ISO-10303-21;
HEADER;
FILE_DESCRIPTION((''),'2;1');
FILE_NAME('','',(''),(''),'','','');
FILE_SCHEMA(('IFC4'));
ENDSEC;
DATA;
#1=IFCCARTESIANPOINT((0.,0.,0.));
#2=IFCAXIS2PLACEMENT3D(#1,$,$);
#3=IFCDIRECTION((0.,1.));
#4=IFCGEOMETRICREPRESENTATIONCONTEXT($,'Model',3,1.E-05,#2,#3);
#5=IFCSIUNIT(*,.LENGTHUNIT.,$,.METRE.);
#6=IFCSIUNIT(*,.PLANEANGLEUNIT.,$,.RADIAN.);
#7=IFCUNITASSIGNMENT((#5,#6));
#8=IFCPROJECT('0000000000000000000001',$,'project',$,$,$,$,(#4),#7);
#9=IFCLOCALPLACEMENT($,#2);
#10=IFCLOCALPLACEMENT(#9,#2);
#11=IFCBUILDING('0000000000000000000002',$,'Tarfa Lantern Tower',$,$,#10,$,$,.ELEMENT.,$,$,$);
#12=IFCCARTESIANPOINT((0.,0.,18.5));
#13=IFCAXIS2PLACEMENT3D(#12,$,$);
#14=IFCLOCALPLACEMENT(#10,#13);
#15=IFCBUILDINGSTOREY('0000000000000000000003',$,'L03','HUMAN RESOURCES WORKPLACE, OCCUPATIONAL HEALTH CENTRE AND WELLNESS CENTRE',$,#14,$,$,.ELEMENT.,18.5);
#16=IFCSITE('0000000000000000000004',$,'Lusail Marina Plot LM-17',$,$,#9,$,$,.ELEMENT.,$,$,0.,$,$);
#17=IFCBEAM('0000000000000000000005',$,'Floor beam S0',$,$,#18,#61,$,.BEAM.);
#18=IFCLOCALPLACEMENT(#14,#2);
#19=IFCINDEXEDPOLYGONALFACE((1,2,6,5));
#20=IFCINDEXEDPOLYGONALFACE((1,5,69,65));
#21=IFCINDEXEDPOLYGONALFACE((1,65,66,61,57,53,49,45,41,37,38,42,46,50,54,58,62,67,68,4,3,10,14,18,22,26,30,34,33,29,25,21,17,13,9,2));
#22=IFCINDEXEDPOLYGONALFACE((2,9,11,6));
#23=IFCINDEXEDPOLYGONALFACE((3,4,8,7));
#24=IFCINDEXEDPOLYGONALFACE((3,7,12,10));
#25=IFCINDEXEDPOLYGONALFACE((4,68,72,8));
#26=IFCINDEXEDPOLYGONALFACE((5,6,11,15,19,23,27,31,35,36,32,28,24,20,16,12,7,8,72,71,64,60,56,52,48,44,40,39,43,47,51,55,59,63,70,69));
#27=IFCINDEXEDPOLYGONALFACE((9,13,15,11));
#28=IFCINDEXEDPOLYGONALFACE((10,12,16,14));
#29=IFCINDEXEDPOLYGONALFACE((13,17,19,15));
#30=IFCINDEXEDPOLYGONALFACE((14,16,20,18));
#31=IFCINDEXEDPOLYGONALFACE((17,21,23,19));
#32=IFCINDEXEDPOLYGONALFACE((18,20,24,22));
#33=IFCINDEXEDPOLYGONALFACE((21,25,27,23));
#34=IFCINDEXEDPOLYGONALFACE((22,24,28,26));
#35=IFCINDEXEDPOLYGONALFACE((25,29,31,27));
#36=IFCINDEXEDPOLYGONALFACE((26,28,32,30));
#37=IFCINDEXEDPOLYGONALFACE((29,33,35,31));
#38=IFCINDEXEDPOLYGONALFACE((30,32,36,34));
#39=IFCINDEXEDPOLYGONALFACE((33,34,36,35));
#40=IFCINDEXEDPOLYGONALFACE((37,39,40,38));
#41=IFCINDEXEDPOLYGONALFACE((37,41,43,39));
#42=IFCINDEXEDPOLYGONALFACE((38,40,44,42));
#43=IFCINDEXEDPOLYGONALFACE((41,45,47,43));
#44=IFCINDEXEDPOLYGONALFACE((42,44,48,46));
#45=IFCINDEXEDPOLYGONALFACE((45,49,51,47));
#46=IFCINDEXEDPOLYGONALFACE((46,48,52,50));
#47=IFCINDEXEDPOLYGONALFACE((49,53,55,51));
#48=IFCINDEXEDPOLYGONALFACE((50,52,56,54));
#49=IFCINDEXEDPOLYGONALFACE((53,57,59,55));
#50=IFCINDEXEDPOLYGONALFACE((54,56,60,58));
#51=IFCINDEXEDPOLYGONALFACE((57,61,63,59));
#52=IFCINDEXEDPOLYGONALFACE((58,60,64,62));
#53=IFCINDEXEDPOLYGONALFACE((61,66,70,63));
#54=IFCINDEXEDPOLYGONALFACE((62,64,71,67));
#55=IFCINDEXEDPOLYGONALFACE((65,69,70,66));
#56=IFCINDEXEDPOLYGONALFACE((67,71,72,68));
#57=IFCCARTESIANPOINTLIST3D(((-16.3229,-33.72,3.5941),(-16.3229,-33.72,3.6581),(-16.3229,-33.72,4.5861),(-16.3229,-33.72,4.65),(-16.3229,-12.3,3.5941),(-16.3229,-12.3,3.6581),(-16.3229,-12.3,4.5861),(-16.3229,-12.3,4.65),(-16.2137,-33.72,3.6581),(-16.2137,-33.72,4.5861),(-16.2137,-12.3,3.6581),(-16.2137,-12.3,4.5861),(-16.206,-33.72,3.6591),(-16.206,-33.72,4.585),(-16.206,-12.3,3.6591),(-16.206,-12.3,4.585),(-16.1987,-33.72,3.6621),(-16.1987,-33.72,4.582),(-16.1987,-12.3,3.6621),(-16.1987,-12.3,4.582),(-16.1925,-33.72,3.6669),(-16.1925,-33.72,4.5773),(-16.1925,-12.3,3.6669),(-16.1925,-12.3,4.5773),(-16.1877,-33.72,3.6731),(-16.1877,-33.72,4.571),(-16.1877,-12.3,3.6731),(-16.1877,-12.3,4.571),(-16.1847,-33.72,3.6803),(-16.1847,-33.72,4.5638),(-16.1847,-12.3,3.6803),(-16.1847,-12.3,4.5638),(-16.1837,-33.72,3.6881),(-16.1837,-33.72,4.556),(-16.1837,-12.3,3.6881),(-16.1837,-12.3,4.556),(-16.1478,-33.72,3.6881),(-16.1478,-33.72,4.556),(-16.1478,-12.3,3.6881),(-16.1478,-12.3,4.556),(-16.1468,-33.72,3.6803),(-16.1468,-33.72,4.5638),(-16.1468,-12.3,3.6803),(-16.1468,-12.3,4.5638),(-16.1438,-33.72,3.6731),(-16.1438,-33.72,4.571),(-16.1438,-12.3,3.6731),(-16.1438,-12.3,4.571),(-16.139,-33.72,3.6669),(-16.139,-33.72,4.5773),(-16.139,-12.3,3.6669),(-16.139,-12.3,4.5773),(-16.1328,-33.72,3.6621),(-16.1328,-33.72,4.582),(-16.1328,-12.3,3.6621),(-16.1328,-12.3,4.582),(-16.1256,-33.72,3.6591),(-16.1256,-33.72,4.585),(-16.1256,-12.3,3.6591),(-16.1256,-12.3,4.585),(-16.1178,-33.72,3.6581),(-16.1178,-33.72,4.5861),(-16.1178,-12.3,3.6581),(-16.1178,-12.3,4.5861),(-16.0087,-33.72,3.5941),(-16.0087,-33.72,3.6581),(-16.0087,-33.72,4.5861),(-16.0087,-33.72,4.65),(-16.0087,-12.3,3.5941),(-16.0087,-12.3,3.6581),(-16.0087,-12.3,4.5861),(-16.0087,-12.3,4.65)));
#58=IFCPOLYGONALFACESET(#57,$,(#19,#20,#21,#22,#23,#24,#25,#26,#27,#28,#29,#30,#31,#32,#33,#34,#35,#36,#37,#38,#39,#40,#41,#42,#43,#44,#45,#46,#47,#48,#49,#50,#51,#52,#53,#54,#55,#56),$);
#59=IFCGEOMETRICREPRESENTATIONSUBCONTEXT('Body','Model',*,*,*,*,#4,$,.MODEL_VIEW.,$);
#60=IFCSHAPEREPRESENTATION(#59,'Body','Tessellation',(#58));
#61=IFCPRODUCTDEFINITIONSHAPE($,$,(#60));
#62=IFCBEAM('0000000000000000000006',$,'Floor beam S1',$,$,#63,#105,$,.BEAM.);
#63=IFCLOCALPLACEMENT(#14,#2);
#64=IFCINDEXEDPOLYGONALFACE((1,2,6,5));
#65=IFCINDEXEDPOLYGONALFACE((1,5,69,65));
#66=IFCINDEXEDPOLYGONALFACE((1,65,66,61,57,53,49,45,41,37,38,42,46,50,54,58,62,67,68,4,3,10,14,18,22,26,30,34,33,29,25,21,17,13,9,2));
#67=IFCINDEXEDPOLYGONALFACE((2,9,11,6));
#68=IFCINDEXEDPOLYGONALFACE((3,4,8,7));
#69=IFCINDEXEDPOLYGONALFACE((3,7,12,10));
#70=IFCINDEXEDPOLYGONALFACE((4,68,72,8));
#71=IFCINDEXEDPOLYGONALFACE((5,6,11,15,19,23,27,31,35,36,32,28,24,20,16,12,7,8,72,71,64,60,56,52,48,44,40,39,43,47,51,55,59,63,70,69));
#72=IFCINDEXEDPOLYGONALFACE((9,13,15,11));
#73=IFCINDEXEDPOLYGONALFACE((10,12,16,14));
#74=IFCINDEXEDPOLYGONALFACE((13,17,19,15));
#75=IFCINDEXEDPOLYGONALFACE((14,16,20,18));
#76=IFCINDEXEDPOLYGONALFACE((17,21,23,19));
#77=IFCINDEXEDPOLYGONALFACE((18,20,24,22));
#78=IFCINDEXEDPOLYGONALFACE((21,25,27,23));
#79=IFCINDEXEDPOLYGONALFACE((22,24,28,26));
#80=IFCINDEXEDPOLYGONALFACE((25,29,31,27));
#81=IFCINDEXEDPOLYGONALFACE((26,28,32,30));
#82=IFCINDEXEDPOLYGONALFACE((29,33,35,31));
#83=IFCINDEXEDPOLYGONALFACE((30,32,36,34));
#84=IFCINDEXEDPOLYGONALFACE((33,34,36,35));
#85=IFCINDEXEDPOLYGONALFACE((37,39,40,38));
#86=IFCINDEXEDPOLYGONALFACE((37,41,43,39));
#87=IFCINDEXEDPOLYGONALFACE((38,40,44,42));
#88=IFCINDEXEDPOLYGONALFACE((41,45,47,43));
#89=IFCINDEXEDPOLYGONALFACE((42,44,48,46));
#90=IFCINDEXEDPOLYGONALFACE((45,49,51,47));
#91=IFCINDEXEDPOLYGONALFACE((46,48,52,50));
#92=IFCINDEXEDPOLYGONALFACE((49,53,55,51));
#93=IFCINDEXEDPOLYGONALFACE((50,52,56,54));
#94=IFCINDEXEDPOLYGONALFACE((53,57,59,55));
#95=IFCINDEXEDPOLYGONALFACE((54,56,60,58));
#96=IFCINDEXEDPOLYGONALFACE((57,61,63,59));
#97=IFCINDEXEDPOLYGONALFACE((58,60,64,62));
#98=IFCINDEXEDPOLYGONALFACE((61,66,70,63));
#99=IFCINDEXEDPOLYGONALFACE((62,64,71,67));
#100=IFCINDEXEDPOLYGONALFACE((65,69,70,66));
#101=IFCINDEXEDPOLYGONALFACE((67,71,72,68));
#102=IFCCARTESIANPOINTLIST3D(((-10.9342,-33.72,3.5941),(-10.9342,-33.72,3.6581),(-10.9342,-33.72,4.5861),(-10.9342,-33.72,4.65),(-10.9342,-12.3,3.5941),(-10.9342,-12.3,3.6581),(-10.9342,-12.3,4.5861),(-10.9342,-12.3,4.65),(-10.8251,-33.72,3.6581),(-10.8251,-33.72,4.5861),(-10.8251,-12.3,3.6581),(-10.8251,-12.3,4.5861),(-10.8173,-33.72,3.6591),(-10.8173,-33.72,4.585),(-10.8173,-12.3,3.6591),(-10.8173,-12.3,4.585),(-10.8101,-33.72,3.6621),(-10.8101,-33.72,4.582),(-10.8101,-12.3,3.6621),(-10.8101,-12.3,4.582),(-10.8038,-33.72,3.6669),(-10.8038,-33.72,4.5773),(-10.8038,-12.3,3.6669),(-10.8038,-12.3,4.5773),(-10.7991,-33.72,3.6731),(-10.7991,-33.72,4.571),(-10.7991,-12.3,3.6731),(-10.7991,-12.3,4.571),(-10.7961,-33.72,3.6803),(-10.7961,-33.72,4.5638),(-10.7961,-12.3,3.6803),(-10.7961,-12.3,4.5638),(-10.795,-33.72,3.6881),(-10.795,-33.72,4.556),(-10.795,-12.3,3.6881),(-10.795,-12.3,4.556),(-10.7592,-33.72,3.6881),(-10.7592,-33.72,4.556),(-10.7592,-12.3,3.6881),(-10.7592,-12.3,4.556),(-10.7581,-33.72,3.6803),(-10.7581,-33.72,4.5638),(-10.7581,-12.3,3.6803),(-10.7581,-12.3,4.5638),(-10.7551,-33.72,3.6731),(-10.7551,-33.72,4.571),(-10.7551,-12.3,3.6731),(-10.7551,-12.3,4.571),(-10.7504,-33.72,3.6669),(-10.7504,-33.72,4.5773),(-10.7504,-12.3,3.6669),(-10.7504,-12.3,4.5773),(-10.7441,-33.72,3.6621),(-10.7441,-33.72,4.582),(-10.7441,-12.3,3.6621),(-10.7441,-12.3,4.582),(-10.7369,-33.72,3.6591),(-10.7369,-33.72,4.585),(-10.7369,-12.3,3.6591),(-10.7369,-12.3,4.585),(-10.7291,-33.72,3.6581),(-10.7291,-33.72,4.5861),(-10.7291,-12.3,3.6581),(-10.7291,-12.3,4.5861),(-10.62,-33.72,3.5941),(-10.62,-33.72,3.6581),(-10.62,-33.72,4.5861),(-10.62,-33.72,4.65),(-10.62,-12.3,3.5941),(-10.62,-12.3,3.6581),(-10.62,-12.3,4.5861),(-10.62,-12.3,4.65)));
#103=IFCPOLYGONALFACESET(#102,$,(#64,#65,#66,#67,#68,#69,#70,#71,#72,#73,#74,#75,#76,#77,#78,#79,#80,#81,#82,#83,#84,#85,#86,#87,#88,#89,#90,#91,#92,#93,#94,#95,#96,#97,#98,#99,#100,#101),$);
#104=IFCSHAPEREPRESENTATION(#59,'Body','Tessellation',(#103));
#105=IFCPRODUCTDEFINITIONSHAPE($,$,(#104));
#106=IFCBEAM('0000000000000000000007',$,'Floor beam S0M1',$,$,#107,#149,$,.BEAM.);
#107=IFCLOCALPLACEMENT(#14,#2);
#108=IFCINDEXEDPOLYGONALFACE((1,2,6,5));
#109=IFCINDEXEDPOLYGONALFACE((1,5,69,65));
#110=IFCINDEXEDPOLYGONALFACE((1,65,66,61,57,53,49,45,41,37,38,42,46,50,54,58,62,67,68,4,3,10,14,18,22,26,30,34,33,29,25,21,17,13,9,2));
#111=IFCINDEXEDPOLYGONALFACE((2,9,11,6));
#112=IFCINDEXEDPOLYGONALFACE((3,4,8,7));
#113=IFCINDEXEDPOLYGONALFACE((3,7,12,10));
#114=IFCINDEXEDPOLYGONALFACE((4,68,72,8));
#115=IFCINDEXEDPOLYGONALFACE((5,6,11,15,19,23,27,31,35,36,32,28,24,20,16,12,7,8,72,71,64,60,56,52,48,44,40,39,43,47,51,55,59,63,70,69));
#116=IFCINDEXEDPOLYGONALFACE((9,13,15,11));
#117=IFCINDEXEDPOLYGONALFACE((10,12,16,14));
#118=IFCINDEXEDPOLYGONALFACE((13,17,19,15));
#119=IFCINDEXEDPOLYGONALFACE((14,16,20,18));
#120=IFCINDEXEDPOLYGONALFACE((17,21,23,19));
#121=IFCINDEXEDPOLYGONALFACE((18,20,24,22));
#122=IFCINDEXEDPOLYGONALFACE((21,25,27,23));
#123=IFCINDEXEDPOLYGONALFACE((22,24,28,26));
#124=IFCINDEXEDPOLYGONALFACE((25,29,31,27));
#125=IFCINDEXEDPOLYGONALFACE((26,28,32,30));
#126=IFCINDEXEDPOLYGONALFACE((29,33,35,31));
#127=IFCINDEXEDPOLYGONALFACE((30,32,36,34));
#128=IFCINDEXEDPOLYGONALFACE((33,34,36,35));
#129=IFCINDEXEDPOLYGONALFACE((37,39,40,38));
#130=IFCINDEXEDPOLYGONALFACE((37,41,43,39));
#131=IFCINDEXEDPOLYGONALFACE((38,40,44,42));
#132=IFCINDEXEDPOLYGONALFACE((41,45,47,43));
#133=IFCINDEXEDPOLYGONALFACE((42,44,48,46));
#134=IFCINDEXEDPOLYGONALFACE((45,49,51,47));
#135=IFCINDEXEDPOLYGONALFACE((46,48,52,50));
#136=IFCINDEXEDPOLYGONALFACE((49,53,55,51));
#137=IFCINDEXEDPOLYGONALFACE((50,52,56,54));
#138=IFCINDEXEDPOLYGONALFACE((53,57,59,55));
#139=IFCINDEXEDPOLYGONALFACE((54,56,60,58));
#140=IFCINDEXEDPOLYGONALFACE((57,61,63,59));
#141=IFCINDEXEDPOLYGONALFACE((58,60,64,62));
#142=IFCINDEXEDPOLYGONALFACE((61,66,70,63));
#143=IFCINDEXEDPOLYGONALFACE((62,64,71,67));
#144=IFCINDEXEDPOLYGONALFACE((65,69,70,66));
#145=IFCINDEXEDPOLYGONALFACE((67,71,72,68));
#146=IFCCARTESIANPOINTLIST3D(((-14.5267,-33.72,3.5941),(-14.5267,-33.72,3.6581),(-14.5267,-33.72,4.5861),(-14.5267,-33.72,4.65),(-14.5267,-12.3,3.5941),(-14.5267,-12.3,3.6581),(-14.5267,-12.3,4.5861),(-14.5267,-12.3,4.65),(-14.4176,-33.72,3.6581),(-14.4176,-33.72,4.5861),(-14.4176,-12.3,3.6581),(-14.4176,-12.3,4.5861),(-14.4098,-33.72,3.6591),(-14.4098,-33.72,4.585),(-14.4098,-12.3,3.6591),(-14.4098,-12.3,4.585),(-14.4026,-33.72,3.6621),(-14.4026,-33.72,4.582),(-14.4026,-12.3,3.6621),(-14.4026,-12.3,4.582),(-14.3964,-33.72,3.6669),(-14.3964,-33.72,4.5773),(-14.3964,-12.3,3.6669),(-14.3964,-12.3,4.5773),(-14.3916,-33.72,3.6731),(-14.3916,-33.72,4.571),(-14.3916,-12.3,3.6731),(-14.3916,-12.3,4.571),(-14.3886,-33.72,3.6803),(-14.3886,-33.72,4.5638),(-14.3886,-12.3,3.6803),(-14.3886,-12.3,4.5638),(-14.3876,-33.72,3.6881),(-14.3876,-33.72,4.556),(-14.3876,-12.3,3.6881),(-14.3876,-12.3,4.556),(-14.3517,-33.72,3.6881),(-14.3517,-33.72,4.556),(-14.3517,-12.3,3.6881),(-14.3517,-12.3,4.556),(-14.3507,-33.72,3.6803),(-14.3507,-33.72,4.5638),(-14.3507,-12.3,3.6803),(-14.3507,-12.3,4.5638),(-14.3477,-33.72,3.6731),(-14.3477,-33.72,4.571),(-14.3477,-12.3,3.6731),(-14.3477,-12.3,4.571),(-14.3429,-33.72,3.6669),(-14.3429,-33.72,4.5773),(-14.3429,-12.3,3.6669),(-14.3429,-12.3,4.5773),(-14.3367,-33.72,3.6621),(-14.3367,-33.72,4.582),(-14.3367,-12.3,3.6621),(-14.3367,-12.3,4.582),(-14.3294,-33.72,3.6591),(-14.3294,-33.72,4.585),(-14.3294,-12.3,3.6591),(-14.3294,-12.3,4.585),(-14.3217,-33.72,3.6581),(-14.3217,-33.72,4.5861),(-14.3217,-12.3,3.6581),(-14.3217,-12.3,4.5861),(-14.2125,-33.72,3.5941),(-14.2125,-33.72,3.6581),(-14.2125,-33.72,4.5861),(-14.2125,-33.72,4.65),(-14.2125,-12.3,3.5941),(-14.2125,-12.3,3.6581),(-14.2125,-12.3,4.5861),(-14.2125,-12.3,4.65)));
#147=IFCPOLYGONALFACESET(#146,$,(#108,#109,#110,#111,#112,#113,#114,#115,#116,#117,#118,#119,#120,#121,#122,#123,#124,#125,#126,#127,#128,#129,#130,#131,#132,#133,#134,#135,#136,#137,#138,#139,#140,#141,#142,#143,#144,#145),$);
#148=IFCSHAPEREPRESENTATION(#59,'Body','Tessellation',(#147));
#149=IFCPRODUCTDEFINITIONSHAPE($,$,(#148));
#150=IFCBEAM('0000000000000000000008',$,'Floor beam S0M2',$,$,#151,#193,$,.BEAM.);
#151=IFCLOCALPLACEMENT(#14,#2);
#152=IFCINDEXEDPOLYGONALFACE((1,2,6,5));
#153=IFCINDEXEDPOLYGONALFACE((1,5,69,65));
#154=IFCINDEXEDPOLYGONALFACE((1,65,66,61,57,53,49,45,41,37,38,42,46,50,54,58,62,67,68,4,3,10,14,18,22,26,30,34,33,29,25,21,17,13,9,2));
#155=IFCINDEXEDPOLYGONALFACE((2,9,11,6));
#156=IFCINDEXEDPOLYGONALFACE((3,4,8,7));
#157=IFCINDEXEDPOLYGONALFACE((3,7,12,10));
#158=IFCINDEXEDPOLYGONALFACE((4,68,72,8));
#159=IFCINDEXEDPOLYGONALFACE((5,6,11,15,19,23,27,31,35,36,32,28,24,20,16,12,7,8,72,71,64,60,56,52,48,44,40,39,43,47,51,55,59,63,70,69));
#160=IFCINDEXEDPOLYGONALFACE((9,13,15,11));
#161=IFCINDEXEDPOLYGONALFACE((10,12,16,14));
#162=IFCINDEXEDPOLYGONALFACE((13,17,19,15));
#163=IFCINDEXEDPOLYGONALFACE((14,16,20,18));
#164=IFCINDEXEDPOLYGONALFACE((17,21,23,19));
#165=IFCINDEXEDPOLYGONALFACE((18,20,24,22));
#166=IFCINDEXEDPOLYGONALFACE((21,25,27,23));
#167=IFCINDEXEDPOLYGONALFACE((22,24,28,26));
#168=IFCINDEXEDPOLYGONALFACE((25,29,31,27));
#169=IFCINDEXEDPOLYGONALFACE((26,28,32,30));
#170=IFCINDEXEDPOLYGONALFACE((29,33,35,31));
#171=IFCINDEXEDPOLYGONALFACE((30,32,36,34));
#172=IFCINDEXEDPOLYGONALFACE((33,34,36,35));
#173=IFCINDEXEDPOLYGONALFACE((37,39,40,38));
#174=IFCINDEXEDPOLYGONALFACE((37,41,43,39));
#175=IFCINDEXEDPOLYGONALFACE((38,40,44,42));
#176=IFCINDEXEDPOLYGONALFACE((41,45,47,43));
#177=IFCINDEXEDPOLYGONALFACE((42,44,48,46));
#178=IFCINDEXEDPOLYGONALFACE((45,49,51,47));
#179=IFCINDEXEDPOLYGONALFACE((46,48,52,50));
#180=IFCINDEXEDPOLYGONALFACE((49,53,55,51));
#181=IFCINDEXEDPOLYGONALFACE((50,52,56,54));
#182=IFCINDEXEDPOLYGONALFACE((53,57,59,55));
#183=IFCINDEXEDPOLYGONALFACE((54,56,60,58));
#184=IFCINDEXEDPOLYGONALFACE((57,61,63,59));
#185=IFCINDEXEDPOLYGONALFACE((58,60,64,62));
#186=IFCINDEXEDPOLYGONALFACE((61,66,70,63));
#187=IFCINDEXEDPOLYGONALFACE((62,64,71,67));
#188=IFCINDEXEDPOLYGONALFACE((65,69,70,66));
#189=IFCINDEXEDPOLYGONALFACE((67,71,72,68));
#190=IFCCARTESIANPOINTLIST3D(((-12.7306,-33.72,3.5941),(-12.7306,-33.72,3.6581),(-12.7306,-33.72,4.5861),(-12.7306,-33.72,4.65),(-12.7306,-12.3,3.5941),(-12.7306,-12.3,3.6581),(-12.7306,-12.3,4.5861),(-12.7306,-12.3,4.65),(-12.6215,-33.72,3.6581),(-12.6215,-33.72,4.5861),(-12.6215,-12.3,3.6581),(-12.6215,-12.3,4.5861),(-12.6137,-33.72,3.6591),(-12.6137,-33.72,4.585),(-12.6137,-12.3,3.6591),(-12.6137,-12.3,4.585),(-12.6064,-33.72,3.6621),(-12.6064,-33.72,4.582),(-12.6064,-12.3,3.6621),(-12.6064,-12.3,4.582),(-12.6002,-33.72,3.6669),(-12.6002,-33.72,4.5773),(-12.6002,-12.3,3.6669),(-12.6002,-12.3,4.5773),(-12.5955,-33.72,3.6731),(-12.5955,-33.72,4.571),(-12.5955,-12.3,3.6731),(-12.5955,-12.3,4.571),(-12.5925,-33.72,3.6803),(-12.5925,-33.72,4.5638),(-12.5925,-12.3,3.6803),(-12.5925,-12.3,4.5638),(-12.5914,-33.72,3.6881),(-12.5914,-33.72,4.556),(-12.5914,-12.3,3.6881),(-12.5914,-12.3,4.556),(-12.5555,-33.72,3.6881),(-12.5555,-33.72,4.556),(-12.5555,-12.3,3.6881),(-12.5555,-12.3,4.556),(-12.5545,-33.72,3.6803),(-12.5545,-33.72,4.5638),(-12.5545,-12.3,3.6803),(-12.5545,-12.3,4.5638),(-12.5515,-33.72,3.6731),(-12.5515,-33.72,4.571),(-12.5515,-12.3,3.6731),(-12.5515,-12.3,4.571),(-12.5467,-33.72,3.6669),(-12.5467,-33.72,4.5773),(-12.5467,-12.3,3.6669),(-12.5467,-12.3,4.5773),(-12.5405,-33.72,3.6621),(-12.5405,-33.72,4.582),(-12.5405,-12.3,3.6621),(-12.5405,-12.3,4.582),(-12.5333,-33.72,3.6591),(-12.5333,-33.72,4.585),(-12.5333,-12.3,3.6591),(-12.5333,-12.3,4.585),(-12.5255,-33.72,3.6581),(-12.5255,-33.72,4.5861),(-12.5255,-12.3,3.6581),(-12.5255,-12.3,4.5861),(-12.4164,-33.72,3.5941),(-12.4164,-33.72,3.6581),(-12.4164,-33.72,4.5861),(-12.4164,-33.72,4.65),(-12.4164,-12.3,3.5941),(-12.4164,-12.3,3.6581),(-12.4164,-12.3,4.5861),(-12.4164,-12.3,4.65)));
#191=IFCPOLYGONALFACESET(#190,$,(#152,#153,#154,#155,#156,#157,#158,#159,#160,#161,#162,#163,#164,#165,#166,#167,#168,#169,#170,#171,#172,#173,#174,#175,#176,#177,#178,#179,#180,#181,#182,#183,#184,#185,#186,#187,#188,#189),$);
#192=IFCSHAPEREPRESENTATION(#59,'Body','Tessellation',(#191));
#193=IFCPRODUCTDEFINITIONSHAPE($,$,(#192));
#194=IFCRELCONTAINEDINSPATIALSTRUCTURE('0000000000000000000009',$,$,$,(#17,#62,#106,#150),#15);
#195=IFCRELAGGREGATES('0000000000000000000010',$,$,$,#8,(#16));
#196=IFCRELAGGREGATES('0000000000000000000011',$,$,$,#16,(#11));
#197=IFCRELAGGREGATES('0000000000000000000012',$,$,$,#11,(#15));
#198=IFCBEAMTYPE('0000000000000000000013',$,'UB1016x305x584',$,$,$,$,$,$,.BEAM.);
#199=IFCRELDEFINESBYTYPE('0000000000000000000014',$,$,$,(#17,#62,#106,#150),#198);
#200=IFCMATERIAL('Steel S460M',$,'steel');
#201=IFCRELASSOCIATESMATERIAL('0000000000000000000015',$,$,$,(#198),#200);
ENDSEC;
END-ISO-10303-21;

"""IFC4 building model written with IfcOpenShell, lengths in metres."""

from ifc_helpers import new_model, si_unit, direction, frame, origin, origin_2d, place, context, subcontext, project, spatial, i_section, extrude, material, material_profile, profile_set, type_object, element, save


model = new_model("IFC4")

# Units and contexts
model_context = context("Model", 3, precision=1e-05, world=origin(), true_north=direction((0.0, 1.0)))
body_context = subcontext(model_context, "Body", "Model", "MODEL_VIEW")
ifc_project = project(units=[si_unit("LENGTHUNIT", "METRE"), si_unit("PLANEANGLEUNIT", "RADIAN")], contexts=[model_context])

# Site, building, storey
site_placement = place(None, origin())
site = spatial("IfcSite", under=ifc_project, at=site_placement, Name="Lusail Marina Plot LM-17", CompositionType="ELEMENT", RefElevation=0.0)
building_placement = place(site_placement, origin())
building = spatial("IfcBuilding", under=site, at=building_placement, Name="Tarfa Lantern Tower", CompositionType="ELEMENT")
storey_placement = place(building_placement, frame((0.0, 0.0, 18.5)))
storey = spatial("IfcBuildingStorey", under=building, at=storey_placement, Name="L03", Description="HUMAN RESOURCES WORKPLACE, OCCUPATIONAL HEALTH CENTRE AND WELLNESS CENTRE", CompositionType="ELEMENT", Elevation=18.5)

# Beams
ifc_material_1 = material(Name="Steel S460M", Category="steel")
ifc_material_profile_1 = material_profile(ifc_material_1, i_section(OverallWidth=0.3142, OverallDepth=1.0559, WebThickness=0.0359, FlangeThickness=0.064, FilletRadius=0.03, at=origin_2d()), Name="UB1016x305x584")
ifc_profile_set_1 = profile_set([ifc_material_profile_1], Name="Steel S460M")
beam_type_1 = type_object("IfcBeamType", Name="UB1016x305x584", PredefinedType="BEAM", material=ifc_profile_set_1)
for number, where, z_axis, x_axis, name in (
    (1, (-16.1658, -33.72, 4.1221), (0.0, 1.0, 0.0), (-1.0, 0.0, 0.0), "Floor beam S0"),
    (2, (-10.7771, -33.72, 4.1221), (0.0, 1.0, 0.0), (-1.0, 0.0, 0.0), "Floor beam S1"),
    (3, (-14.3696, -33.72, 4.1221), (0.0, 1.0, 0.0), (-1.0, 0.0, 0.0), "Floor beam S0M1"),
    (4, (-12.5735, -33.72, 4.1221), (0.0, 1.0, 0.0), (-1.0, 0.0, 0.0), "Floor beam S0M2"),
):
    element("IfcBeam", number, at=place(storey_placement, frame(where, z_axis=z_axis, x_axis=x_axis)), inside=storey, type_object=beam_type_1, Name=name, PredefinedType="BEAM", context=body_context, shape_type="SweptSolid", body=[
        extrude(i_section(OverallWidth=0.3142, OverallDepth=1.0559, WebThickness=0.0359, FlangeThickness=0.064, FilletRadius=0.03, at=origin_2d()), origin(), (0.0, 0.0, 1.0), 21.4199),
    ])

save(model, "model.ifc")
